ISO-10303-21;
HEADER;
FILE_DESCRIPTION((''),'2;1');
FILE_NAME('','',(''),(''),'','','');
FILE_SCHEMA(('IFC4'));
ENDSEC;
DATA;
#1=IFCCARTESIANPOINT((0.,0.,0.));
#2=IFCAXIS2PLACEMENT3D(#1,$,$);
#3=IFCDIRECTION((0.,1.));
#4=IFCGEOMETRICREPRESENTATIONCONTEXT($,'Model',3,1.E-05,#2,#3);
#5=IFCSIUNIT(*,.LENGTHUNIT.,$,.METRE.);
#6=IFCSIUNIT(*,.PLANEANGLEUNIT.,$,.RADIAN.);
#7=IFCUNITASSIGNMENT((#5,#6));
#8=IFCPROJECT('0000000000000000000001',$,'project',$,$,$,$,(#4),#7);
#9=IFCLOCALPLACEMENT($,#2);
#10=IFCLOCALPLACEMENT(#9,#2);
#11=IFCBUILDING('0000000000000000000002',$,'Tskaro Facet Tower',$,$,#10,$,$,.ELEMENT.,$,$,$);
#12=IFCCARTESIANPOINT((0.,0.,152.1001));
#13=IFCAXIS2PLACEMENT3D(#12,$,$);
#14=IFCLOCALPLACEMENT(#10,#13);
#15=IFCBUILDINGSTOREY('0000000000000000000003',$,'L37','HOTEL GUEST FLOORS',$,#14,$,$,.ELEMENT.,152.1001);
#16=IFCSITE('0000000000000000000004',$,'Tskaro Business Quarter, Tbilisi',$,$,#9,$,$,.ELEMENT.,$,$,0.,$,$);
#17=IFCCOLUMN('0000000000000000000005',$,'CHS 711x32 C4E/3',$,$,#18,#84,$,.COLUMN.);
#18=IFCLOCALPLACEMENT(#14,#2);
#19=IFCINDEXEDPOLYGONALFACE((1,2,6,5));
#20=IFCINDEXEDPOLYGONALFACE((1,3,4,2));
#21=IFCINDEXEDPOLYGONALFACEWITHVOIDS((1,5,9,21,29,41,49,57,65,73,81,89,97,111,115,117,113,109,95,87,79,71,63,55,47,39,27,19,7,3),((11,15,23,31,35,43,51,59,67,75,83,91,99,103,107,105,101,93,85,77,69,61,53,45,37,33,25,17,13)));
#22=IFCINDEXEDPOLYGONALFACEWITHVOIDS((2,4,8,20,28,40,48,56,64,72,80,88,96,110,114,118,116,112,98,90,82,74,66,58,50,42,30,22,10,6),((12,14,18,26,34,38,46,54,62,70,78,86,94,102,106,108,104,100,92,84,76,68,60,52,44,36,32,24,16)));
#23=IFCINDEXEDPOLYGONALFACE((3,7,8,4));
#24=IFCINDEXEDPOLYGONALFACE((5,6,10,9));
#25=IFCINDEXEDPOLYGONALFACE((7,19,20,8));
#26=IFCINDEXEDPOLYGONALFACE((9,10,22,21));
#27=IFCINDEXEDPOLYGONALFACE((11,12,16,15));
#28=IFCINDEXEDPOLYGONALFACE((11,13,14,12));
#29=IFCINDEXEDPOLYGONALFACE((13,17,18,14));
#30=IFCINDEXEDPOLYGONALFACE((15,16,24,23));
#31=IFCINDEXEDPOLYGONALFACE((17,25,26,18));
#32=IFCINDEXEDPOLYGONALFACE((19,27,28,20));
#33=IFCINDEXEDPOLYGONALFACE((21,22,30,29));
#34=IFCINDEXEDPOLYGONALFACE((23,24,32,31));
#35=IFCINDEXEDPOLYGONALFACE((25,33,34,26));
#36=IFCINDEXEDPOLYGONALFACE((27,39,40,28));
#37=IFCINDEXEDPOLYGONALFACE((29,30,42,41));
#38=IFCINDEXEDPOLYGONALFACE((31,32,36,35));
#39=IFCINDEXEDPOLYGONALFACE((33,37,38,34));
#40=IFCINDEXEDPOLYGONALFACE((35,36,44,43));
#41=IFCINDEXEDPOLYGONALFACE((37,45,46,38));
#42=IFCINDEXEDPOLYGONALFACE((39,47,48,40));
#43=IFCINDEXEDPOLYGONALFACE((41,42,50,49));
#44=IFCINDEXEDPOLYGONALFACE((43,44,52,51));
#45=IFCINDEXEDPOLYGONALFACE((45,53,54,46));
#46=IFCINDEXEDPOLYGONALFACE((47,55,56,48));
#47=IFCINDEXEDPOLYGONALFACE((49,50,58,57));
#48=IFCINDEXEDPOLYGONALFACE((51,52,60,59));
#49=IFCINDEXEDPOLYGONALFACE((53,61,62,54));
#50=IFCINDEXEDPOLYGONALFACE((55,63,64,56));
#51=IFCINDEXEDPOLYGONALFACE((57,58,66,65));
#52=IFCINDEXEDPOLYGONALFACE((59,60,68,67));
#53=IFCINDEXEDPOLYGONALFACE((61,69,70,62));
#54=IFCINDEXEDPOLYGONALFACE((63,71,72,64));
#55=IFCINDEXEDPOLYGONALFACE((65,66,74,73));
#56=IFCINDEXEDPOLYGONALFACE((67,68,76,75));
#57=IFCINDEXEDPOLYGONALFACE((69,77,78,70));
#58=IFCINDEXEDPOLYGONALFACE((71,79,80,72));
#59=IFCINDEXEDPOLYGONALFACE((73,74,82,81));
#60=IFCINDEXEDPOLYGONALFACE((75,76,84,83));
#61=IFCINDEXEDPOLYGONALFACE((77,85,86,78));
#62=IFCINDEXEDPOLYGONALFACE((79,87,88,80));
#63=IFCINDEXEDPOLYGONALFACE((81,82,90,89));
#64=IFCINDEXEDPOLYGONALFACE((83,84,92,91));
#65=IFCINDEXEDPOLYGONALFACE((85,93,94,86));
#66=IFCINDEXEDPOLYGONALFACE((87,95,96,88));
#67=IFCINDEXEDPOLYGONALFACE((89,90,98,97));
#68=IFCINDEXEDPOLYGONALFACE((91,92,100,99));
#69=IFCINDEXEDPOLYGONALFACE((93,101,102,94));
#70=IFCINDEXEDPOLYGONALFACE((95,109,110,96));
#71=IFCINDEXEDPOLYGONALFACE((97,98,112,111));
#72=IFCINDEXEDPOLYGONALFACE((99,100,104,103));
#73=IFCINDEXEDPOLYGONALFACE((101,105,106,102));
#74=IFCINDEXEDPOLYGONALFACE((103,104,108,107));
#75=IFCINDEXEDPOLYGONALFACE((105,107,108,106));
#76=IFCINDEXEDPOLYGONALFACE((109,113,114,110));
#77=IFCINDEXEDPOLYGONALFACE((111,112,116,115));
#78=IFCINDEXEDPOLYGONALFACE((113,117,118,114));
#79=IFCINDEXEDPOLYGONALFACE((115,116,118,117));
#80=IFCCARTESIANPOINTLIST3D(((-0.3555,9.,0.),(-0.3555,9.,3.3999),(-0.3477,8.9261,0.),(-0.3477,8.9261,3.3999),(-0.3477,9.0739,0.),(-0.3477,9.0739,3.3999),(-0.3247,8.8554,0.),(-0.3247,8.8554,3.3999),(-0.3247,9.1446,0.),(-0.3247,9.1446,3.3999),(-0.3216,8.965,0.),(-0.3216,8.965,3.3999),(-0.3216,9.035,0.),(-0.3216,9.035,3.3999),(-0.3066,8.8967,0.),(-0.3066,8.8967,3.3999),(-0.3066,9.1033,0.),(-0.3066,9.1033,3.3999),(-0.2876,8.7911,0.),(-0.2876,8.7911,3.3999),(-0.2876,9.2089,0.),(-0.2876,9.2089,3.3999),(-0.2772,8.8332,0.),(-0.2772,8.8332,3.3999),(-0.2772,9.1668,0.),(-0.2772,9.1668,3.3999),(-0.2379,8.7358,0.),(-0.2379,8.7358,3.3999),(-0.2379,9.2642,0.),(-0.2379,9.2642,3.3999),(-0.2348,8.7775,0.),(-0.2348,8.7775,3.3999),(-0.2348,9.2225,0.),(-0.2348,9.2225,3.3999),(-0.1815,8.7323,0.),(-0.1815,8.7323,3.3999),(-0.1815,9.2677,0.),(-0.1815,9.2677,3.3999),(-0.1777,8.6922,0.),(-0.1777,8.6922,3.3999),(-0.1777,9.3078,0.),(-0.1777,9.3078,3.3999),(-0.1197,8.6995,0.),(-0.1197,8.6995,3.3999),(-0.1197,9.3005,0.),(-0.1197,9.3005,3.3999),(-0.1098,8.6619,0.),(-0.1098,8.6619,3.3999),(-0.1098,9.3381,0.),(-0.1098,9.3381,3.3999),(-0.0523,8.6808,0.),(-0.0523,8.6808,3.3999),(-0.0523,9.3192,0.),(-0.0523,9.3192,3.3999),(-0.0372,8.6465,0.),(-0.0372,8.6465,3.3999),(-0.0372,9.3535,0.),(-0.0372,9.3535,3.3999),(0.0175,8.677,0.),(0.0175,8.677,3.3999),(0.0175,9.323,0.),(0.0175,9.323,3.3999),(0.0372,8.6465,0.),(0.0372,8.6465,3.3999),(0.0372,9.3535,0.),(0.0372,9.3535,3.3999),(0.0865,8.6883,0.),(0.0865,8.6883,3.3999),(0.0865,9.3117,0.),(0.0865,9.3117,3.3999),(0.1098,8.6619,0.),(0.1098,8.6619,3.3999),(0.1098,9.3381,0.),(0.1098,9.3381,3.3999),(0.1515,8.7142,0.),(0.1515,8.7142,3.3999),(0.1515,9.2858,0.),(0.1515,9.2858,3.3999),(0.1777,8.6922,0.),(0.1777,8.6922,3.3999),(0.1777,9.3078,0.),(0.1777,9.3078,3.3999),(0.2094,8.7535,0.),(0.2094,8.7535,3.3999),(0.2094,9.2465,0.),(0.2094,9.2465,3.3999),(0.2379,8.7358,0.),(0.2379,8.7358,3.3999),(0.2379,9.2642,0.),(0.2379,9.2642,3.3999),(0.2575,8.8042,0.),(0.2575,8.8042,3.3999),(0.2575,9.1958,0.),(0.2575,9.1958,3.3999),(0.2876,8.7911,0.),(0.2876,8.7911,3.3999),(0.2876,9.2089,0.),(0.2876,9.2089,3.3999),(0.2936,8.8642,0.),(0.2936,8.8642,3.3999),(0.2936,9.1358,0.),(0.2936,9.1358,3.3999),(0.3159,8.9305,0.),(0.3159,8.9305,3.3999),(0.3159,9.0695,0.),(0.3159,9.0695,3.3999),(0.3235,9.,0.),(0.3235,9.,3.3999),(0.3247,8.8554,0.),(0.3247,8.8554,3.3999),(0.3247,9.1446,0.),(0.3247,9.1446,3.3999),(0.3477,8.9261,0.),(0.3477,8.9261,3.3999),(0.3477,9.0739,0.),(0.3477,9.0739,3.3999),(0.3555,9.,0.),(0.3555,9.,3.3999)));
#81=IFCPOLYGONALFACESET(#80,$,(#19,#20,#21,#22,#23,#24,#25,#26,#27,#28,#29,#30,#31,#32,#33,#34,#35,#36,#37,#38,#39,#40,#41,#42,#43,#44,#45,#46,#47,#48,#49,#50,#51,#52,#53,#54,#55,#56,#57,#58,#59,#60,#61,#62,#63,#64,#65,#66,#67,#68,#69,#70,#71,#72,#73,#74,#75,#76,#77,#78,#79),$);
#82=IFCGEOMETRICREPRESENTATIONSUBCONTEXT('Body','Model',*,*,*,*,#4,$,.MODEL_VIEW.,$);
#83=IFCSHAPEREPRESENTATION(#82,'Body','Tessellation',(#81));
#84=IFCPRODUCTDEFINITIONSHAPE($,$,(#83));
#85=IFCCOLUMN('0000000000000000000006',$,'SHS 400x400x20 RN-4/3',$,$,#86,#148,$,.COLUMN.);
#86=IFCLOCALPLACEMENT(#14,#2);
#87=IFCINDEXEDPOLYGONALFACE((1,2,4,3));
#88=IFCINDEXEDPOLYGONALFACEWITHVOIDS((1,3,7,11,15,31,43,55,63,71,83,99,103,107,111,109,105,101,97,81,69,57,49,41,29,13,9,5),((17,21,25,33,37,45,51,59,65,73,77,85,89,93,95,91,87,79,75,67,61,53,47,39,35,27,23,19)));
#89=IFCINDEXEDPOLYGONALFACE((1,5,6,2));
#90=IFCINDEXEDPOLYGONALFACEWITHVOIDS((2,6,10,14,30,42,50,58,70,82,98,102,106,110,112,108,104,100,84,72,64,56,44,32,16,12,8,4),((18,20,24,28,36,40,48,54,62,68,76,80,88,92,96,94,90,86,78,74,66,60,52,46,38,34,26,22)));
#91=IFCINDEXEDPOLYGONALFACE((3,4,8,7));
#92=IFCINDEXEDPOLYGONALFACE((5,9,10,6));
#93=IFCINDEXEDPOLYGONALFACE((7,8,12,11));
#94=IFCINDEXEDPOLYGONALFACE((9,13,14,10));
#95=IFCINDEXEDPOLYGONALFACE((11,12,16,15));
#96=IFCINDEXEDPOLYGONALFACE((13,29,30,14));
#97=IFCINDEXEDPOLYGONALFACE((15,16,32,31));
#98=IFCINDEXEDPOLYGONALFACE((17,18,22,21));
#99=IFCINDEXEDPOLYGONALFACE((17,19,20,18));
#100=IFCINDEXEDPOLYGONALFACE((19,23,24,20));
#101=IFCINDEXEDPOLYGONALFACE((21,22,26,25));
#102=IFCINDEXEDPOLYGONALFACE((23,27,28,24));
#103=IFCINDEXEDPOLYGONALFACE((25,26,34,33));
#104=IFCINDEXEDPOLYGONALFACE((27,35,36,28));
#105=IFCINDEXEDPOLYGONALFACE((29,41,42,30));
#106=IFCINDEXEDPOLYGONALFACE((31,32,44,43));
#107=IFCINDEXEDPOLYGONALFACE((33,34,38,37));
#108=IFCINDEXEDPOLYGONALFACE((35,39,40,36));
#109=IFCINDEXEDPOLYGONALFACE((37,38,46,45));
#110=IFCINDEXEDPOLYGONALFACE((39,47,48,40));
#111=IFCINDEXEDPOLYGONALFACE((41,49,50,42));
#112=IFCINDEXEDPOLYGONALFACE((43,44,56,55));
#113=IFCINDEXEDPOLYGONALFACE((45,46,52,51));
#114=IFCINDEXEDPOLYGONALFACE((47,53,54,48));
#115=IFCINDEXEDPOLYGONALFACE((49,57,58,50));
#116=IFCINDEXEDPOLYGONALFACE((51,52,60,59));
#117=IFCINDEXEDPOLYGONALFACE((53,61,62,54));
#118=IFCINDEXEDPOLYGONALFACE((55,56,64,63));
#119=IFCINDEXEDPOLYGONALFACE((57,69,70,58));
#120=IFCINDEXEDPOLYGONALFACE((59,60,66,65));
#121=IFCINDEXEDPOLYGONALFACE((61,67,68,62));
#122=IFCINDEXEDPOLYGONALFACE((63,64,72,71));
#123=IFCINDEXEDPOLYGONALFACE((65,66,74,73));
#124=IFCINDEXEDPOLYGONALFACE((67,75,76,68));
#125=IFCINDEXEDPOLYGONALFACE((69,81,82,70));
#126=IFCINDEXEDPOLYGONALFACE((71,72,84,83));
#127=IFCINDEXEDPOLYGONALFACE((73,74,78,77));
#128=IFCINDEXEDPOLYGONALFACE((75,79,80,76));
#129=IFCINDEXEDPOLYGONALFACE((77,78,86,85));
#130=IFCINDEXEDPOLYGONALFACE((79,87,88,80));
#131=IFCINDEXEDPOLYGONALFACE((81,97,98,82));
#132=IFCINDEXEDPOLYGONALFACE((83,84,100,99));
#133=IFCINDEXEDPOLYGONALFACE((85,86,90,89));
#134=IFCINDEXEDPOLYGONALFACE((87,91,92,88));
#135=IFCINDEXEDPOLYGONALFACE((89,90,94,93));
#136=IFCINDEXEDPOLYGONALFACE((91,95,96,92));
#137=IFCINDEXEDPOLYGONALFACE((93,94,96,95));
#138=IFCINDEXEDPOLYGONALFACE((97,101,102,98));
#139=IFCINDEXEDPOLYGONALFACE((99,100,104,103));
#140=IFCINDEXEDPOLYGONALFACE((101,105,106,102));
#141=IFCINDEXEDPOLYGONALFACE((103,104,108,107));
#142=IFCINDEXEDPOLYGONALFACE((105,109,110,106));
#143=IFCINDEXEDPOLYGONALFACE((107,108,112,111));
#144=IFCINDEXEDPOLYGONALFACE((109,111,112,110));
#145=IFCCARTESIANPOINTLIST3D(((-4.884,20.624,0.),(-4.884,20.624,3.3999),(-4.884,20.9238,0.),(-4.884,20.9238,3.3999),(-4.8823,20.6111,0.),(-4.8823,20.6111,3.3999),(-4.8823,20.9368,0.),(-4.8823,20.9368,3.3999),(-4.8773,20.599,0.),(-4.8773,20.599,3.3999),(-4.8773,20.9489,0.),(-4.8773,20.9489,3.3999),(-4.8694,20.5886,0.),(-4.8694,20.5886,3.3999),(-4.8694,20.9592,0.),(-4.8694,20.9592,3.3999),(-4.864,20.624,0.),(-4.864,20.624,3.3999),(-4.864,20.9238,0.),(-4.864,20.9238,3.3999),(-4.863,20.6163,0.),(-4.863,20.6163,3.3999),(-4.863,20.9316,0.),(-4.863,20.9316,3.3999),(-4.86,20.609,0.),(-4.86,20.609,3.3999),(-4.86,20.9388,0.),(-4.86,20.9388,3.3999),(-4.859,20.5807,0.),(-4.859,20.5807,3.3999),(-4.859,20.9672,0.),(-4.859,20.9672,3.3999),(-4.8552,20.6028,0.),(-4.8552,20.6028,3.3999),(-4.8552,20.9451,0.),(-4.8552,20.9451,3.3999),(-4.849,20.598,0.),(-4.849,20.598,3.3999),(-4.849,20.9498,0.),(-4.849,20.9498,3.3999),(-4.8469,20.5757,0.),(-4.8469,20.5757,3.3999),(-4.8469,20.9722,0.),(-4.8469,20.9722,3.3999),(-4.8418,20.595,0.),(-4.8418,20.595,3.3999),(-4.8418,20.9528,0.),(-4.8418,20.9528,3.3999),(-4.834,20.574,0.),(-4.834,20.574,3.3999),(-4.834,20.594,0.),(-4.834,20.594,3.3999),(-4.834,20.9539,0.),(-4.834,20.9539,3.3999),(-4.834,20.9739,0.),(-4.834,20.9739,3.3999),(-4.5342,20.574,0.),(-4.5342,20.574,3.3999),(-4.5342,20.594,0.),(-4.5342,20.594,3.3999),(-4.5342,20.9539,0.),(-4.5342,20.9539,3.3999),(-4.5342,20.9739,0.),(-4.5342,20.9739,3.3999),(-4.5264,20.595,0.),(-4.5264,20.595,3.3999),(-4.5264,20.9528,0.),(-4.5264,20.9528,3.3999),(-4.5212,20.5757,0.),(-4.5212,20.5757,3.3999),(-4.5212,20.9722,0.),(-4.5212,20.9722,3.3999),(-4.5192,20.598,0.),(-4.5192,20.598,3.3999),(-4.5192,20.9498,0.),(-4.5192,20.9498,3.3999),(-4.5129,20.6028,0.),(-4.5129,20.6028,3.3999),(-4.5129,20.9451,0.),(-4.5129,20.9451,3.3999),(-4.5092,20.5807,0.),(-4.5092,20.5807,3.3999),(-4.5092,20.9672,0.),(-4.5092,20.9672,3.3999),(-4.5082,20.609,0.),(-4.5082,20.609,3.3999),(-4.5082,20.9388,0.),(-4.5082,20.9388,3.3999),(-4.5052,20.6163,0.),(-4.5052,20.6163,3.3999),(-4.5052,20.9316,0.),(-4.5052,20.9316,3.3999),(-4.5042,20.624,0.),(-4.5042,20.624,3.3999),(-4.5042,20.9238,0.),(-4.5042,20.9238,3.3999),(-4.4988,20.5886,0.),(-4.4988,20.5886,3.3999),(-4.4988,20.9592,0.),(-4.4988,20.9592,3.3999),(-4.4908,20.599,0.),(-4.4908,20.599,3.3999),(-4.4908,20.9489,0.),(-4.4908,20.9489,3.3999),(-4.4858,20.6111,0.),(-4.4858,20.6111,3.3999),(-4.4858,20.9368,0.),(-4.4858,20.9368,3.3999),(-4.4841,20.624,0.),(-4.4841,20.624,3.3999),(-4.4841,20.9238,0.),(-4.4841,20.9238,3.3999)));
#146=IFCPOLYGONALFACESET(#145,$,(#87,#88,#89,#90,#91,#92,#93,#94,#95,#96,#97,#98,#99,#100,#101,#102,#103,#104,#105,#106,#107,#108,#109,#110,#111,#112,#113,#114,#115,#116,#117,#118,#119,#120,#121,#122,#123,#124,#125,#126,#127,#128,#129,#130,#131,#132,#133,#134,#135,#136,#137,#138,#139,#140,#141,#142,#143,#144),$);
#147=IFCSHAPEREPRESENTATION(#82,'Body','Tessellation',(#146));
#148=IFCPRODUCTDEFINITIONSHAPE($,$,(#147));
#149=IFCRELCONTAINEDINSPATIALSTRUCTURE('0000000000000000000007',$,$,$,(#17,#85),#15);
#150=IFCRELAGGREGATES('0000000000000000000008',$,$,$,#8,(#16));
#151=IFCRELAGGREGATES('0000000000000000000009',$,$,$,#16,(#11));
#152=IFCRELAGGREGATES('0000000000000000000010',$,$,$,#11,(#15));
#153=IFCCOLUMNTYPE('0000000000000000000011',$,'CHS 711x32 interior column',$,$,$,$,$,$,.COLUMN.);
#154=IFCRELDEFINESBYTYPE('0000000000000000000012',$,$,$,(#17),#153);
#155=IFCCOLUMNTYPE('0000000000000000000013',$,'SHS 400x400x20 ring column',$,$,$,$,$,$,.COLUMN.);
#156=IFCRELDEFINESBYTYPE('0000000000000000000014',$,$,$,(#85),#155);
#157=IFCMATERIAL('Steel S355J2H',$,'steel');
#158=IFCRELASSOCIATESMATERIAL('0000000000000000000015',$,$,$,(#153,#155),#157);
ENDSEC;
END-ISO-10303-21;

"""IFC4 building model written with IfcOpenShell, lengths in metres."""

from ifc_helpers import new_model, si_unit, direction, frame, origin, origin_2d, place, context, subcontext, project, spatial, hollow_rectangle, hollow_circle, extrude, material, material_profile, profile_set, type_object, element, save


model = new_model("IFC4")

# Units and contexts
model_context = context("Model", 3, precision=1e-05, world=origin(), true_north=direction((0.0, 1.0)))
body_context = subcontext(model_context, "Body", "Model", "MODEL_VIEW")
ifc_project = project(units=[si_unit("LENGTHUNIT", "METRE"), si_unit("PLANEANGLEUNIT", "RADIAN")], contexts=[model_context])

# Site, building, storey
site_placement = place(None, origin())
site = spatial("IfcSite", under=ifc_project, at=site_placement, Name="Tskaro Business Quarter, Tbilisi", CompositionType="ELEMENT", RefElevation=0.0)
building_placement = place(site_placement, origin())
building = spatial("IfcBuilding", under=site, at=building_placement, Name="Tskaro Facet Tower", CompositionType="ELEMENT")
storey_placement = place(building_placement, frame((0.0, 0.0, 152.1001)))
storey = spatial("IfcBuildingStorey", under=building, at=storey_placement, Name="L37", Description="HOTEL GUEST FLOORS", CompositionType="ELEMENT", Elevation=152.1001)

# Columns
ifc_material_1 = material(Name="Steel S355J2H", Category="steel")
ifc_material_profile_1 = material_profile(ifc_material_1, hollow_circle(Radius=0.3555, WallThickness=0.032, at=origin_2d()), Name="CHS 711x32")
ifc_profile_set_1 = profile_set([ifc_material_profile_1], Name="Steel S355J2H")
column_type_1 = type_object("IfcColumnType", Name="CHS 711x32 interior column", PredefinedType="COLUMN", material=ifc_profile_set_1)
column_1_placement = place(storey_placement, frame((0.0, 9.0, 0.0), z_axis=(0.0, 0.0, 1.0), x_axis=(1.0, 0.0, 0.0)))
element("IfcColumn", 1, at=column_1_placement, inside=storey, type_object=column_type_1, Name="CHS 711x32 C4E/3", PredefinedType="COLUMN", context=body_context, shape_type="SweptSolid", body=[
    extrude(hollow_circle(Radius=0.3555, WallThickness=0.032, at=origin_2d()), origin(), (0.0, 0.0, 1.0), 3.3999),
])
ifc_material_profile_2 = material_profile(ifc_material_1, hollow_rectangle(XDim=0.3999, YDim=0.3999, WallThickness=0.02, InnerFilletRadius=0.03, OuterFilletRadius=0.05, at=origin_2d()), Name="SHS 400x400x20")
ifc_profile_set_2 = profile_set([ifc_material_profile_2], Name="Steel S355J2H")
column_type_2 = type_object("IfcColumnType", Name="SHS 400x400x20 ring column", PredefinedType="COLUMN", material=ifc_profile_set_2)
column_2_placement = place(storey_placement, frame((-4.6841, 20.7739, 0.0), z_axis=(0.0, 0.0, 1.0), x_axis=(1.0, 0.0, 0.0)))
element("IfcColumn", 2, at=column_2_placement, inside=storey, type_object=column_type_2, Name="SHS 400x400x20 RN-4/3", PredefinedType="COLUMN", context=body_context, shape_type="SweptSolid", body=[
    extrude(hollow_rectangle(XDim=0.3999, YDim=0.3999, WallThickness=0.02, InnerFilletRadius=0.03, OuterFilletRadius=0.05, at=origin_2d()), origin(), (0.0, 0.0, 1.0), 3.3999),
])

save(model, "model.ifc")
